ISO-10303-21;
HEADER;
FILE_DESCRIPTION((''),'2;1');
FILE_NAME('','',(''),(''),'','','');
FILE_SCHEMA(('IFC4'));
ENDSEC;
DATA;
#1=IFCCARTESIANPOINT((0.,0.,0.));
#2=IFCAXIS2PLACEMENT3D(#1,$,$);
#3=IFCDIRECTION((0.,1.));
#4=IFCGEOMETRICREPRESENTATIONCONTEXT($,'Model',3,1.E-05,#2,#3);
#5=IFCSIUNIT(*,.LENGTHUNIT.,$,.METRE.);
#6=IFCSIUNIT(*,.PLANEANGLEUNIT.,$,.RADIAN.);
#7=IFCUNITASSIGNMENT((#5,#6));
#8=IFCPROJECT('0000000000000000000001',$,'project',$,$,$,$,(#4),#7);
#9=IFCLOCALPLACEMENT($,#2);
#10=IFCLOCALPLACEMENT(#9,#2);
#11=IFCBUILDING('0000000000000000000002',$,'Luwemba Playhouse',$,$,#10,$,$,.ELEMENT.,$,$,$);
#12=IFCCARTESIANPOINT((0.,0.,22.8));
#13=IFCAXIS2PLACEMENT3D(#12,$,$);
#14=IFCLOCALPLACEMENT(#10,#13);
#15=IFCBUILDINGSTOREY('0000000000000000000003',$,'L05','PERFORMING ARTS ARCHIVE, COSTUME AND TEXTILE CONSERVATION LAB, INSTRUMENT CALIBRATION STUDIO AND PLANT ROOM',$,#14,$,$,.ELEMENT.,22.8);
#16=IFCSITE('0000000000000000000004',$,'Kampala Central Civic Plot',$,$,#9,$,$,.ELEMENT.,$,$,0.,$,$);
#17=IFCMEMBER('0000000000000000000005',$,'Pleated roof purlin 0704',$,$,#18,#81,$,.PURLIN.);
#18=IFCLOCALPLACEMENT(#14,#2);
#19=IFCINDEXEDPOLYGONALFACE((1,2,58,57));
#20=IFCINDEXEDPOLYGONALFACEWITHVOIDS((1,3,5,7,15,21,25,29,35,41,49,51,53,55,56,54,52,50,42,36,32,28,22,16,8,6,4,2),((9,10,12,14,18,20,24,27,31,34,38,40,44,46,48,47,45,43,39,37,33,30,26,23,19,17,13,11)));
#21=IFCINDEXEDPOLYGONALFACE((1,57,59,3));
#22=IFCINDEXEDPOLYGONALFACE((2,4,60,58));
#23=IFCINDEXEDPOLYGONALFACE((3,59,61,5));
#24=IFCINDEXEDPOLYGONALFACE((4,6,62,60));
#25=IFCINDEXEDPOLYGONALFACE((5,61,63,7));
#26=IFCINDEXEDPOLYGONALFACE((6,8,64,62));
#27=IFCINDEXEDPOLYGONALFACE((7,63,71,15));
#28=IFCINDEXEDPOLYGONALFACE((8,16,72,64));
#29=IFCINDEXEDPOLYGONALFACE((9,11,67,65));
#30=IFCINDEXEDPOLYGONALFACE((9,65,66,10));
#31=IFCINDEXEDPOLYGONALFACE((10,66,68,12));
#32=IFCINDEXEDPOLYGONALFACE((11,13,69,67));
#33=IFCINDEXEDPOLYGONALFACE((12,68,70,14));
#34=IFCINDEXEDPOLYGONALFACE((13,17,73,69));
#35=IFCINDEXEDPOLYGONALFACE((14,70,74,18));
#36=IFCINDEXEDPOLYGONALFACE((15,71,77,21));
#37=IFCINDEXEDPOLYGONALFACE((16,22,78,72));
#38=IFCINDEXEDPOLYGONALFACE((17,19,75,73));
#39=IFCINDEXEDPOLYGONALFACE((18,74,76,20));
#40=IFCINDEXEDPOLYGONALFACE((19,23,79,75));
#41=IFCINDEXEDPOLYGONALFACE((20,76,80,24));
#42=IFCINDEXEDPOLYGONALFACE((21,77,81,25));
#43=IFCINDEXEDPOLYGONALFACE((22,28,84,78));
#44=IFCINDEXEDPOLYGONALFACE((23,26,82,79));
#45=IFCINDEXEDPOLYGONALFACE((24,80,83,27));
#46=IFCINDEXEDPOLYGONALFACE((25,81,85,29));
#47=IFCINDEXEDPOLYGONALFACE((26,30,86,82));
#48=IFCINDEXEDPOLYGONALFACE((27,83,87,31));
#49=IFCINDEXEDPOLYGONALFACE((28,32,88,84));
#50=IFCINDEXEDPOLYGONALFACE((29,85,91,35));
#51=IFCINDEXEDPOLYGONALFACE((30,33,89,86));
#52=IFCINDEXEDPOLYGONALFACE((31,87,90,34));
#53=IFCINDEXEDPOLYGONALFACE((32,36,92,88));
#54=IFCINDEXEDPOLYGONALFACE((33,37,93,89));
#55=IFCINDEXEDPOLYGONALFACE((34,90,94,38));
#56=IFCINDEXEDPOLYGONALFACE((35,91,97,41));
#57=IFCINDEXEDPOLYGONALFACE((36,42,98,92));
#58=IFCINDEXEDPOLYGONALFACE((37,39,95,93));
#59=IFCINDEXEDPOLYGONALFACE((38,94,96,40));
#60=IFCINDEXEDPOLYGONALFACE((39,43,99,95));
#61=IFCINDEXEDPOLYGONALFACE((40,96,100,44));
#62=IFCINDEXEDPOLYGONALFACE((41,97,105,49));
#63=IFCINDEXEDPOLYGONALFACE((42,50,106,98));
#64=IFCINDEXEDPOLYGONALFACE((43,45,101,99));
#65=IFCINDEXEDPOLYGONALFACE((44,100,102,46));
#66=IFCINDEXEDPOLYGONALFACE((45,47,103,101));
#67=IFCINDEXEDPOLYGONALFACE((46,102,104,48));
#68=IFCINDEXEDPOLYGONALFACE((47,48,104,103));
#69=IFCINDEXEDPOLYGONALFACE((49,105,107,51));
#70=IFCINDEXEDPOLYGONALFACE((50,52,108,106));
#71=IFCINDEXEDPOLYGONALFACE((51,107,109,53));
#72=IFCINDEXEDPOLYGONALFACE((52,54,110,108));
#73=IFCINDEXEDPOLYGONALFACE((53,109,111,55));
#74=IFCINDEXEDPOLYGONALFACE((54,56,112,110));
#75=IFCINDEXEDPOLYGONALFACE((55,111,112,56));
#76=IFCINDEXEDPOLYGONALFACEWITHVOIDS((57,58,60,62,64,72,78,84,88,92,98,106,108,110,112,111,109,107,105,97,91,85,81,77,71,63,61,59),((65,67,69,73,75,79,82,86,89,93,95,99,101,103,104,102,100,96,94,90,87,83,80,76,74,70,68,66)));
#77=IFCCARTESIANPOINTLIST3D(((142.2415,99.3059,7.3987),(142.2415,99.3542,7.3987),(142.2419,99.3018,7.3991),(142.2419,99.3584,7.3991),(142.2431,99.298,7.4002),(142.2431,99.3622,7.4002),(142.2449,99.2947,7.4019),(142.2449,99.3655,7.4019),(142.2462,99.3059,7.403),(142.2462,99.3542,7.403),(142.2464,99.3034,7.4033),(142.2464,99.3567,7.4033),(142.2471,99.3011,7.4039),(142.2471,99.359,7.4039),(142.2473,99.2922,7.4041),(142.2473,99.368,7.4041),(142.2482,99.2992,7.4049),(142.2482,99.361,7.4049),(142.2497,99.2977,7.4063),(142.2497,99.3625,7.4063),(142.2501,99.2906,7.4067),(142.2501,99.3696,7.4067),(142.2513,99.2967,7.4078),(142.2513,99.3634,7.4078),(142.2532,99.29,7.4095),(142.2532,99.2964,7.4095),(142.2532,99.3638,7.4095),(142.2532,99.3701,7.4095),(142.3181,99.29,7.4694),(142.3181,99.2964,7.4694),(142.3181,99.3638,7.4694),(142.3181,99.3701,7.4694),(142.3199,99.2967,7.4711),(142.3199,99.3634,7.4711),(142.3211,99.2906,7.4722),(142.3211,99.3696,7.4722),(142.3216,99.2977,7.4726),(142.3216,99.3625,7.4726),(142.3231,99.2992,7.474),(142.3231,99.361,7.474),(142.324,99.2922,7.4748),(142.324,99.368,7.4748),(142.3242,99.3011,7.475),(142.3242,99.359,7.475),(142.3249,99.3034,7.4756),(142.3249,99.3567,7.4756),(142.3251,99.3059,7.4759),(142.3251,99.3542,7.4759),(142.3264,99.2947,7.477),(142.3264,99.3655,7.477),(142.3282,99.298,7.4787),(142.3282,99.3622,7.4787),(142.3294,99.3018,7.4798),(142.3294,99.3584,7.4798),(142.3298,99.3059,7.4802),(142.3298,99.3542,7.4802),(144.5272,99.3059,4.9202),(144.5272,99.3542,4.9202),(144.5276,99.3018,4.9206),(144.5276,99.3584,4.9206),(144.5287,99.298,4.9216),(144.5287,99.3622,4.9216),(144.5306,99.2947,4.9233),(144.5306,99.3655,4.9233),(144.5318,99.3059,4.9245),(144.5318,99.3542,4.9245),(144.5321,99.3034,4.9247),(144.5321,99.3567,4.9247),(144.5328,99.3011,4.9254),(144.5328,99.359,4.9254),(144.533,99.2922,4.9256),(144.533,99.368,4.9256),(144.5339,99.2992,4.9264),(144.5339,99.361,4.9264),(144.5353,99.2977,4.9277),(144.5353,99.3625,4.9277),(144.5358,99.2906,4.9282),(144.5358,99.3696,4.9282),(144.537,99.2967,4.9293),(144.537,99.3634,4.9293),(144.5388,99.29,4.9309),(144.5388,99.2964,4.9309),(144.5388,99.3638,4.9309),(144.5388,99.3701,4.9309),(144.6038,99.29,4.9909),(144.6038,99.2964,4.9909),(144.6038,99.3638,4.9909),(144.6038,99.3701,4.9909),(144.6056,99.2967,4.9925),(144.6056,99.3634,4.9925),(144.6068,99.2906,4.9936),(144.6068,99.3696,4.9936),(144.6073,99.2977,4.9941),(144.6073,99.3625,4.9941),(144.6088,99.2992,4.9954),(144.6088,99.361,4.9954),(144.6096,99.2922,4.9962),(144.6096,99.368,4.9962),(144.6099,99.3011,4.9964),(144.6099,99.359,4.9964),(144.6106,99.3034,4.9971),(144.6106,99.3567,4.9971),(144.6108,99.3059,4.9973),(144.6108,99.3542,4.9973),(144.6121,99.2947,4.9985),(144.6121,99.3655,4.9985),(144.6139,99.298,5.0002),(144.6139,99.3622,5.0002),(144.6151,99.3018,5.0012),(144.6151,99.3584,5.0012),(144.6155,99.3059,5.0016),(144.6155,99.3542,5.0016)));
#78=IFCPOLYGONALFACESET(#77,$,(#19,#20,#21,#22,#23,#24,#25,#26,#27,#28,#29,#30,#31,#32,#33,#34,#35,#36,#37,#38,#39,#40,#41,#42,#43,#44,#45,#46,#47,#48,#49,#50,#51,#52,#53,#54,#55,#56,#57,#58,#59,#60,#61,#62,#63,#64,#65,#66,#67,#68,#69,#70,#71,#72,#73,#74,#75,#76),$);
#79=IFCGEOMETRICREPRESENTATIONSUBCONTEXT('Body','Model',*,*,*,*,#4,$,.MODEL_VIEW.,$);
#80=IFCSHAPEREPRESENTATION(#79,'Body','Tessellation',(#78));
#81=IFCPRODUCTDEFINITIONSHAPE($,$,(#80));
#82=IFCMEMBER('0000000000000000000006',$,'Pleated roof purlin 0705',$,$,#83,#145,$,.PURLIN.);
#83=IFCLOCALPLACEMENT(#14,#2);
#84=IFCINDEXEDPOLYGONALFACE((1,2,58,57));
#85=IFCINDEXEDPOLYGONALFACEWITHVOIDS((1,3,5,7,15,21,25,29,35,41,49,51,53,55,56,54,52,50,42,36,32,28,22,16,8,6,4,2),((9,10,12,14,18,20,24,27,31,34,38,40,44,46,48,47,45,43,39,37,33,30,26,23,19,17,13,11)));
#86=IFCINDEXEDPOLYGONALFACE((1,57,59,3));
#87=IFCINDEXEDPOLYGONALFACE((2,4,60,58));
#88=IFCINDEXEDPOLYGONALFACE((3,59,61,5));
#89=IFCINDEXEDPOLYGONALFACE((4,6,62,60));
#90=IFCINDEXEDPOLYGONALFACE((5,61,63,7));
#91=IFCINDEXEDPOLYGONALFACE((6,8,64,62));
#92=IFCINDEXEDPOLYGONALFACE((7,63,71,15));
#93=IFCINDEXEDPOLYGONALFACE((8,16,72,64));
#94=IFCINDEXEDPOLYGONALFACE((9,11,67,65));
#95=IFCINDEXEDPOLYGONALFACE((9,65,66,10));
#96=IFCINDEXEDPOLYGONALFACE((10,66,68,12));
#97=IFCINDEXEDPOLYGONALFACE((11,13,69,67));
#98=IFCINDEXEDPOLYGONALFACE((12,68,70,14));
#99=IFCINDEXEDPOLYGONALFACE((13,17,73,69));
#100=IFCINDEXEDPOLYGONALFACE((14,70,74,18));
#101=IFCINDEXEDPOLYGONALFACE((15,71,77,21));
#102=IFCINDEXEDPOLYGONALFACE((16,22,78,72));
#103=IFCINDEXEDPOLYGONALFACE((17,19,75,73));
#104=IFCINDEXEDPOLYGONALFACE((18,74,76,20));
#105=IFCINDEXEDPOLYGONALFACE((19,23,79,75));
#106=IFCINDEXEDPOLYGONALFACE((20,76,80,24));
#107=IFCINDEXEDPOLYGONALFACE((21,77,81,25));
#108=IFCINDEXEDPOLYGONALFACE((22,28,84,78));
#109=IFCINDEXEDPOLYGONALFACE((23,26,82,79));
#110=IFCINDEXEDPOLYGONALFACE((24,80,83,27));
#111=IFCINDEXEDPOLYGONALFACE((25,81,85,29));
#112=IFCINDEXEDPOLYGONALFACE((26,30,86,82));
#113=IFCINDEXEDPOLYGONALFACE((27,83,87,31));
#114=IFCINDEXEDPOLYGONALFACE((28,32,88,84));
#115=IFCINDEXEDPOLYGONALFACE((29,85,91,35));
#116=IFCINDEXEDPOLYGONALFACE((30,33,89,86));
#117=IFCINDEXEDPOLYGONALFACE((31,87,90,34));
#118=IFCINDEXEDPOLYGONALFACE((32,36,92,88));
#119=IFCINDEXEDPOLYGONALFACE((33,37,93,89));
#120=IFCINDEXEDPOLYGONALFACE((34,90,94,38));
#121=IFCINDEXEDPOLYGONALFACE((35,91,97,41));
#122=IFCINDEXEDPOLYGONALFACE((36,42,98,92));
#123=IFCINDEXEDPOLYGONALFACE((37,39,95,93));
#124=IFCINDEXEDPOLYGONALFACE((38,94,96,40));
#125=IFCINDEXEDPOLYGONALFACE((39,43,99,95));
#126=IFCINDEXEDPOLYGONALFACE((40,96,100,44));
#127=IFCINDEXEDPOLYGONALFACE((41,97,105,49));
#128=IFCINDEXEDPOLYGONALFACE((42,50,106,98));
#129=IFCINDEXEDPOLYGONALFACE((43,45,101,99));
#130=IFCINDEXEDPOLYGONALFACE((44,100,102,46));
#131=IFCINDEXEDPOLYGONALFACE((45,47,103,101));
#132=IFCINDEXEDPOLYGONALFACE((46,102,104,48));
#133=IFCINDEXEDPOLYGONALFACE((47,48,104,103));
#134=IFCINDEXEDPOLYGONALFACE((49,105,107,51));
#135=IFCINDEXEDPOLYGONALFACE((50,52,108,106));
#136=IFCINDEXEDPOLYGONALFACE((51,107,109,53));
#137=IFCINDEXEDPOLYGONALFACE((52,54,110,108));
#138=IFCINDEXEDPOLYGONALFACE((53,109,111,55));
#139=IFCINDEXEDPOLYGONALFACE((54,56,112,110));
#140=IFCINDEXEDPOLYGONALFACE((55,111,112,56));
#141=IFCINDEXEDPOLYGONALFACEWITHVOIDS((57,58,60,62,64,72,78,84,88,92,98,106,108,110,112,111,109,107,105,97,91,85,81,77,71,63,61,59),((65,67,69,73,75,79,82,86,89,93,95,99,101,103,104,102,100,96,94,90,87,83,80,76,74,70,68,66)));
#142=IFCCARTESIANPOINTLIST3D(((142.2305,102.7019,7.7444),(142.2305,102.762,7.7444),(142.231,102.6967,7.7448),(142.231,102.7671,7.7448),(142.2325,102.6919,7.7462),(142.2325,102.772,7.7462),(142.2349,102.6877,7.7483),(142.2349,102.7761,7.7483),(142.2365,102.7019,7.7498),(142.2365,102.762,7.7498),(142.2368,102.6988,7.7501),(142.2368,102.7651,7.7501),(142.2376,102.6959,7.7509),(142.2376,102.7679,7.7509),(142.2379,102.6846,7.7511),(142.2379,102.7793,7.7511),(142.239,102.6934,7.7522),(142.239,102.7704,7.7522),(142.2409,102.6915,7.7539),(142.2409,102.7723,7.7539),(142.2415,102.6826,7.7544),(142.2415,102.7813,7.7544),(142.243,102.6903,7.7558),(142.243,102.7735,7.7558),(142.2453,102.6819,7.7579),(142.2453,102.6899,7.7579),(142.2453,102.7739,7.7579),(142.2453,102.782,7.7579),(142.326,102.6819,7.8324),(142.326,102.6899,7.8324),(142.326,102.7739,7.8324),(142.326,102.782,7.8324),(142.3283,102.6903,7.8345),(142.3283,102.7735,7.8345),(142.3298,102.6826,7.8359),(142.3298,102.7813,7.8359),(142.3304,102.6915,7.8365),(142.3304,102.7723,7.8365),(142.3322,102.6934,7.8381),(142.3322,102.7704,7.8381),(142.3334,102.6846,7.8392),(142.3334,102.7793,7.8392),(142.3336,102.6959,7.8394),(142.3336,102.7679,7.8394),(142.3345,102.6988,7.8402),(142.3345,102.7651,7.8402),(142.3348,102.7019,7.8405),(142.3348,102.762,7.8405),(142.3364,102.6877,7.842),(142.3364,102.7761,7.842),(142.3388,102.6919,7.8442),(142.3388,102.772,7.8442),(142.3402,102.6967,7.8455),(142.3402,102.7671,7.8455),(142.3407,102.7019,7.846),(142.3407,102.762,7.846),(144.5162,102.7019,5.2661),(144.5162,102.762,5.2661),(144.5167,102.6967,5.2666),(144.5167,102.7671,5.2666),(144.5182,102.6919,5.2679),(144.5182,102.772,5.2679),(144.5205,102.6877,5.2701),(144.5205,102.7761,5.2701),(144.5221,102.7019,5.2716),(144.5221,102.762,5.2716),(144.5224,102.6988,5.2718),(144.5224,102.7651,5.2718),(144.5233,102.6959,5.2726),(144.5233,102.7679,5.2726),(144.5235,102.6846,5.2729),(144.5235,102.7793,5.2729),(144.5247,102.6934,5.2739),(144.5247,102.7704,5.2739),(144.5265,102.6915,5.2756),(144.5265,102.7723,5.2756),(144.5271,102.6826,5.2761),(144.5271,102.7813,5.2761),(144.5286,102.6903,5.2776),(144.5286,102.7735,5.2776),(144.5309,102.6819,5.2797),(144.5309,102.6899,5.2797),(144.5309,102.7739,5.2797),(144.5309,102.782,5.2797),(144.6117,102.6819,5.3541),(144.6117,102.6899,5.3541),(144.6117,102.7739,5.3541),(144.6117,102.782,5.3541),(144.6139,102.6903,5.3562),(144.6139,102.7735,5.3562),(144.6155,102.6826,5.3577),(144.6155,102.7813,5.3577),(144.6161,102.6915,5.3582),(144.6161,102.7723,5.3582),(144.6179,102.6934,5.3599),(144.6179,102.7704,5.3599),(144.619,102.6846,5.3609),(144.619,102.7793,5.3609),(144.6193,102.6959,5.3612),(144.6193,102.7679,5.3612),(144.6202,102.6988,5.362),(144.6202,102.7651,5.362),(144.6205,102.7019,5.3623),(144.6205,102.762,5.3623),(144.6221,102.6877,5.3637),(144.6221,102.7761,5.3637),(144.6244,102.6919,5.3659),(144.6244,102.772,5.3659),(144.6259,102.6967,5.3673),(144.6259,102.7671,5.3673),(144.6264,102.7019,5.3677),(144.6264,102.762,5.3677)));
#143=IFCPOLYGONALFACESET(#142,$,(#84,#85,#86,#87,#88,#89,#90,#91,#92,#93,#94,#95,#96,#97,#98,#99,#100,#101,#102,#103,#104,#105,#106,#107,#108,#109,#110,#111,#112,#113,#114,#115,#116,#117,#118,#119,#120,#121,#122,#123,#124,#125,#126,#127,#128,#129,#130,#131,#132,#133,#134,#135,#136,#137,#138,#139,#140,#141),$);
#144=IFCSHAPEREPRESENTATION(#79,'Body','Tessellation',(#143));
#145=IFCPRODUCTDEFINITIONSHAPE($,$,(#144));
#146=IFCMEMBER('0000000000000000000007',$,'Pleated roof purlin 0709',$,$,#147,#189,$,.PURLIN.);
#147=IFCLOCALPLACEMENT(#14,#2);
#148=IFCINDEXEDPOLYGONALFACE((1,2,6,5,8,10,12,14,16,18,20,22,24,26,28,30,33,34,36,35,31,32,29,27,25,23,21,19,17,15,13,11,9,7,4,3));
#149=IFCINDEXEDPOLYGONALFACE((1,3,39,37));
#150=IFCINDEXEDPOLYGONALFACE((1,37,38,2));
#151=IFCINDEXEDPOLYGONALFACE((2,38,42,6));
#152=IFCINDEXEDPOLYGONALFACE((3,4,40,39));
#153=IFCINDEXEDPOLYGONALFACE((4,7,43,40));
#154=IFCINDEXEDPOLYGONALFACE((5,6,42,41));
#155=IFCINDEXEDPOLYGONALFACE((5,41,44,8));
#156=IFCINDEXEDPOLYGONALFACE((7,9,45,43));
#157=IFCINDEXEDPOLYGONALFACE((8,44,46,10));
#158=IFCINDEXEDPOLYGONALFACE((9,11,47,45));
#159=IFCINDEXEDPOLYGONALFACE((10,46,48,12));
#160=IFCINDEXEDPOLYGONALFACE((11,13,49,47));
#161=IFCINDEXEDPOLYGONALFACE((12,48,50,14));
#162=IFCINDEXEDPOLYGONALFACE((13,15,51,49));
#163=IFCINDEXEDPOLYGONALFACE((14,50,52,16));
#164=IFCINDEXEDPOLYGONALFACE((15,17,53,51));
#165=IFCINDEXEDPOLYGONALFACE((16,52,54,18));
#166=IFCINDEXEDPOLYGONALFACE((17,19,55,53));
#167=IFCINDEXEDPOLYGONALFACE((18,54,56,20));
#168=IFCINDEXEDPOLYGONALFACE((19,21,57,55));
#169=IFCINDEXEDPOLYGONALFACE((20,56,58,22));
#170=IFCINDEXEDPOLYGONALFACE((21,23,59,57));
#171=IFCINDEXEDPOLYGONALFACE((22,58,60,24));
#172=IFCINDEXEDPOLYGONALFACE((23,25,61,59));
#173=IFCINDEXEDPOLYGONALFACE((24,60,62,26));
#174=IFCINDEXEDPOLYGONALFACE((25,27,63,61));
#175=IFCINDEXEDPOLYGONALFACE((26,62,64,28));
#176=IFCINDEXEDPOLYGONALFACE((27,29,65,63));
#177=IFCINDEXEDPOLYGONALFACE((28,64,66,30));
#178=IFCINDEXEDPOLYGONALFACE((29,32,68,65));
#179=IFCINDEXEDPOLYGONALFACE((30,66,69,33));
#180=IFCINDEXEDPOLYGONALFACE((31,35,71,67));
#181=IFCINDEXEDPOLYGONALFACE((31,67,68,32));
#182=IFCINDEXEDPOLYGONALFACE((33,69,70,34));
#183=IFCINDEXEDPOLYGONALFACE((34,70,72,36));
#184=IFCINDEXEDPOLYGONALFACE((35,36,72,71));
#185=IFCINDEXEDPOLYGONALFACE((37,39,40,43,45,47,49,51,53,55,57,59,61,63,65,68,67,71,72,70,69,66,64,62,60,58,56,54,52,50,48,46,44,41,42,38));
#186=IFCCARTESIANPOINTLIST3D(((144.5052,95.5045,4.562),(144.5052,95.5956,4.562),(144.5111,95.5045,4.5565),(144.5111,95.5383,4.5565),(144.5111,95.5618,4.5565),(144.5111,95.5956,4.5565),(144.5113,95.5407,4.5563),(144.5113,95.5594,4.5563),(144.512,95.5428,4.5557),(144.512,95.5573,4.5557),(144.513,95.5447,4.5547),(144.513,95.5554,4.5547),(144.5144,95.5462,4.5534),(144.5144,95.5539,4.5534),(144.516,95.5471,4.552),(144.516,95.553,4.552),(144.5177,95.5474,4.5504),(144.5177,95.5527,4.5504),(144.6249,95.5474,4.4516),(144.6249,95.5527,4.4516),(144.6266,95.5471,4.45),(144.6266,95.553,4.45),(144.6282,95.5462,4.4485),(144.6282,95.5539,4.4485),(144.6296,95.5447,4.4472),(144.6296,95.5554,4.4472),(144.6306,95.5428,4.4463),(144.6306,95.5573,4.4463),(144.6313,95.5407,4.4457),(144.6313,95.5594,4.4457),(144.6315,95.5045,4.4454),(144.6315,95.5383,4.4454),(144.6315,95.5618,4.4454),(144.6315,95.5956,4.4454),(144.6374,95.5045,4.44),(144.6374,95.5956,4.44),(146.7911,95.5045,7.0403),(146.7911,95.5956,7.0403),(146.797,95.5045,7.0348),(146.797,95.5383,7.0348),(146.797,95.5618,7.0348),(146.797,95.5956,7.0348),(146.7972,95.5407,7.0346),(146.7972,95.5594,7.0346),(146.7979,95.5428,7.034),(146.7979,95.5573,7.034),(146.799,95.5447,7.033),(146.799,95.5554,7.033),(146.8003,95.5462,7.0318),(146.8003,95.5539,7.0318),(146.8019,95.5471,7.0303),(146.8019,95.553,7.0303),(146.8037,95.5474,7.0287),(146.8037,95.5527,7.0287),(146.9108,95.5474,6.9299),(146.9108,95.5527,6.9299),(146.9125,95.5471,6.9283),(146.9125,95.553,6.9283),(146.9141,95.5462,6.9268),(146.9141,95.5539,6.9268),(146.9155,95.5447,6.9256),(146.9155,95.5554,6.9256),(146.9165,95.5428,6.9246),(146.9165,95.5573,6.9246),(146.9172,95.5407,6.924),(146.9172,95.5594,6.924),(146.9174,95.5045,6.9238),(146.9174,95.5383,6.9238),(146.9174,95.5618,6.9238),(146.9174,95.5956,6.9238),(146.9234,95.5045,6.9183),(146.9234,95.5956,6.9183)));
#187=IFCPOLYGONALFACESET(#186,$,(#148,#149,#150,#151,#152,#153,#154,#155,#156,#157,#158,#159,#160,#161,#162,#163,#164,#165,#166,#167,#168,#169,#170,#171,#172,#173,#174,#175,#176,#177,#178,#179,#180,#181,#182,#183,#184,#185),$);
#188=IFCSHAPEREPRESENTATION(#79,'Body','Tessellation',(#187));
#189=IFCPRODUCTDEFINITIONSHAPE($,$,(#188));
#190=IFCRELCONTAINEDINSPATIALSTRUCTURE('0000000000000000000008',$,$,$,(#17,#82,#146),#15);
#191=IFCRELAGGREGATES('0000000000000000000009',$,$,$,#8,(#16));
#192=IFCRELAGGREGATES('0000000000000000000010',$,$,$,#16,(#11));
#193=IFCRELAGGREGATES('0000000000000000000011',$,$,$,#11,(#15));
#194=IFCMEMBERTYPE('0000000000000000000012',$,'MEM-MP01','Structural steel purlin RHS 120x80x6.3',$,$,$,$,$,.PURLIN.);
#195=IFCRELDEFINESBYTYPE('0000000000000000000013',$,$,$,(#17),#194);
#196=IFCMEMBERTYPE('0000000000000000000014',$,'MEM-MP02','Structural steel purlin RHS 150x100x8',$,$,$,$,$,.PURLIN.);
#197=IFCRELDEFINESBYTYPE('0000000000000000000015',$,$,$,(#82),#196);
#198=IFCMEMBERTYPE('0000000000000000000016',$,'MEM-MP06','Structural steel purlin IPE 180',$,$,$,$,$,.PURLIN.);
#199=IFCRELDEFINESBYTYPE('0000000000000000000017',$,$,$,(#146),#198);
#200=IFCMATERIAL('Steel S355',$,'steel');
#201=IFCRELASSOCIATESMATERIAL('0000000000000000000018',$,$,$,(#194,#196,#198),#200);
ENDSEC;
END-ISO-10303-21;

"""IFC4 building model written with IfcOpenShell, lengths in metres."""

from ifc_helpers import new_model, si_unit, direction, frame, origin, origin_2d, place, context, subcontext, project, spatial, hollow_rectangle, i_section, extrude, material, material_profile, profile_set, type_object, element, save


model = new_model("IFC4")

# Units and contexts
model_context = context("Model", 3, precision=1e-05, world=origin(), true_north=direction((0.0, 1.0)))
body_context = subcontext(model_context, "Body", "Model", "MODEL_VIEW")
ifc_project = project(units=[si_unit("LENGTHUNIT", "METRE"), si_unit("PLANEANGLEUNIT", "RADIAN")], contexts=[model_context])

# Site, building, storey
site_placement = place(None, origin())
site = spatial("IfcSite", under=ifc_project, at=site_placement, Name="Kampala Central Civic Plot", CompositionType="ELEMENT", RefElevation=0.0)
building_placement = place(site_placement, origin())
building = spatial("IfcBuilding", under=site, at=building_placement, Name="Luwemba Playhouse", CompositionType="ELEMENT")
storey_placement = place(building_placement, frame((0.0, 0.0, 22.8)))
storey = spatial("IfcBuildingStorey", under=building, at=storey_placement, Name="L05", Description="PERFORMING ARTS ARCHIVE, COSTUME AND TEXTILE CONSERVATION LAB, INSTRUMENT CALIBRATION STUDIO AND PLANT ROOM", CompositionType="ELEMENT", Elevation=22.8)

# Shared definitions
ifc_material_1 = material(Name="Steel S355", Category="steel")

# Members
ifc_material_profile_1 = material_profile(ifc_material_1, hollow_rectangle(XDim=0.0801, YDim=0.1201, WallThickness=0.0063, InnerFilletRadius=0.0095, OuterFilletRadius=0.0159, at=origin_2d()))
ifc_profile_set_1 = profile_set([ifc_material_profile_1], Name="Steel S355")
member_type_1 = type_object("IfcMemberType", Name="MEM-MP01", Description="Structural steel purlin RHS 120x80x6.3", PredefinedType="PURLIN", material=ifc_profile_set_1)
member_1_placement = place(storey_placement, frame((142.2856, 99.3301, 7.4395), z_axis=(0.677925, 0.0, -0.735131), x_axis=(0.0, 1.0, 0.0)))
element("IfcMember", 1, at=member_1_placement, inside=storey, type_object=member_type_1, Name="Pleated roof purlin 0704", PredefinedType="PURLIN", context=body_context, shape_type="SweptSolid", body=[
    extrude(hollow_rectangle(XDim=0.0801, YDim=0.1201, WallThickness=0.0063, InnerFilletRadius=0.0095, OuterFilletRadius=0.0159, at=origin_2d()), origin(), (0.0, 0.0, 1.0), 3.3716),
])
ifc_material_profile_2 = material_profile(ifc_material_1, hollow_rectangle(XDim=0.1001, YDim=0.1499, WallThickness=0.0081, InnerFilletRadius=0.012, OuterFilletRadius=0.02, at=origin_2d()))
ifc_profile_set_2 = profile_set([ifc_material_profile_2], Name="Steel S355")
member_type_2 = type_object("IfcMemberType", Name="MEM-MP02", Description="Structural steel purlin RHS 150x100x8", PredefinedType="PURLIN", material=ifc_profile_set_2)
member_2_placement = place(storey_placement, frame((142.2856, 102.7319, 7.7952), z_axis=(0.677961, 0.0, -0.735098), x_axis=(0.0, 1.0, 0.0)))
element("IfcMember", 2, at=member_2_placement, inside=storey, type_object=member_type_2, Name="Pleated roof purlin 0705", PredefinedType="PURLIN", context=body_context, shape_type="SweptSolid", body=[
    extrude(hollow_rectangle(XDim=0.1001, YDim=0.1499, WallThickness=0.0081, InnerFilletRadius=0.012, OuterFilletRadius=0.02, at=origin_2d()), origin(), (0.0, 0.0, 1.0), 3.3713),
])
ifc_material_profile_3 = material_profile(ifc_material_1, i_section(OverallWidth=0.0911, OverallDepth=0.1799, WebThickness=0.0054, FlangeThickness=0.0081, FilletRadius=0.009, at=origin_2d()))
ifc_profile_set_3 = profile_set([ifc_material_profile_3], Name="Steel S355")
member_type_3 = type_object("IfcMemberType", Name="MEM-MP06", Description="Structural steel purlin IPE 180", PredefinedType="PURLIN", material=ifc_profile_set_3)
member_3_placement = place(storey_placement, frame((144.5713, 95.55, 4.501), z_axis=(0.678, 0.0, 0.735062), x_axis=(0.0, 1.0, 0.0)))
element("IfcMember", 3, at=member_3_placement, inside=storey, type_object=member_type_3, Name="Pleated roof purlin 0709", PredefinedType="PURLIN", context=body_context, shape_type="SweptSolid", body=[
    extrude(i_section(OverallWidth=0.0911, OverallDepth=0.1799, WebThickness=0.0054, FlangeThickness=0.0081, FilletRadius=0.009, at=origin_2d()), origin(), (0.0, 0.0, 1.0), 3.3716),
])

save(model, "model.ifc")
